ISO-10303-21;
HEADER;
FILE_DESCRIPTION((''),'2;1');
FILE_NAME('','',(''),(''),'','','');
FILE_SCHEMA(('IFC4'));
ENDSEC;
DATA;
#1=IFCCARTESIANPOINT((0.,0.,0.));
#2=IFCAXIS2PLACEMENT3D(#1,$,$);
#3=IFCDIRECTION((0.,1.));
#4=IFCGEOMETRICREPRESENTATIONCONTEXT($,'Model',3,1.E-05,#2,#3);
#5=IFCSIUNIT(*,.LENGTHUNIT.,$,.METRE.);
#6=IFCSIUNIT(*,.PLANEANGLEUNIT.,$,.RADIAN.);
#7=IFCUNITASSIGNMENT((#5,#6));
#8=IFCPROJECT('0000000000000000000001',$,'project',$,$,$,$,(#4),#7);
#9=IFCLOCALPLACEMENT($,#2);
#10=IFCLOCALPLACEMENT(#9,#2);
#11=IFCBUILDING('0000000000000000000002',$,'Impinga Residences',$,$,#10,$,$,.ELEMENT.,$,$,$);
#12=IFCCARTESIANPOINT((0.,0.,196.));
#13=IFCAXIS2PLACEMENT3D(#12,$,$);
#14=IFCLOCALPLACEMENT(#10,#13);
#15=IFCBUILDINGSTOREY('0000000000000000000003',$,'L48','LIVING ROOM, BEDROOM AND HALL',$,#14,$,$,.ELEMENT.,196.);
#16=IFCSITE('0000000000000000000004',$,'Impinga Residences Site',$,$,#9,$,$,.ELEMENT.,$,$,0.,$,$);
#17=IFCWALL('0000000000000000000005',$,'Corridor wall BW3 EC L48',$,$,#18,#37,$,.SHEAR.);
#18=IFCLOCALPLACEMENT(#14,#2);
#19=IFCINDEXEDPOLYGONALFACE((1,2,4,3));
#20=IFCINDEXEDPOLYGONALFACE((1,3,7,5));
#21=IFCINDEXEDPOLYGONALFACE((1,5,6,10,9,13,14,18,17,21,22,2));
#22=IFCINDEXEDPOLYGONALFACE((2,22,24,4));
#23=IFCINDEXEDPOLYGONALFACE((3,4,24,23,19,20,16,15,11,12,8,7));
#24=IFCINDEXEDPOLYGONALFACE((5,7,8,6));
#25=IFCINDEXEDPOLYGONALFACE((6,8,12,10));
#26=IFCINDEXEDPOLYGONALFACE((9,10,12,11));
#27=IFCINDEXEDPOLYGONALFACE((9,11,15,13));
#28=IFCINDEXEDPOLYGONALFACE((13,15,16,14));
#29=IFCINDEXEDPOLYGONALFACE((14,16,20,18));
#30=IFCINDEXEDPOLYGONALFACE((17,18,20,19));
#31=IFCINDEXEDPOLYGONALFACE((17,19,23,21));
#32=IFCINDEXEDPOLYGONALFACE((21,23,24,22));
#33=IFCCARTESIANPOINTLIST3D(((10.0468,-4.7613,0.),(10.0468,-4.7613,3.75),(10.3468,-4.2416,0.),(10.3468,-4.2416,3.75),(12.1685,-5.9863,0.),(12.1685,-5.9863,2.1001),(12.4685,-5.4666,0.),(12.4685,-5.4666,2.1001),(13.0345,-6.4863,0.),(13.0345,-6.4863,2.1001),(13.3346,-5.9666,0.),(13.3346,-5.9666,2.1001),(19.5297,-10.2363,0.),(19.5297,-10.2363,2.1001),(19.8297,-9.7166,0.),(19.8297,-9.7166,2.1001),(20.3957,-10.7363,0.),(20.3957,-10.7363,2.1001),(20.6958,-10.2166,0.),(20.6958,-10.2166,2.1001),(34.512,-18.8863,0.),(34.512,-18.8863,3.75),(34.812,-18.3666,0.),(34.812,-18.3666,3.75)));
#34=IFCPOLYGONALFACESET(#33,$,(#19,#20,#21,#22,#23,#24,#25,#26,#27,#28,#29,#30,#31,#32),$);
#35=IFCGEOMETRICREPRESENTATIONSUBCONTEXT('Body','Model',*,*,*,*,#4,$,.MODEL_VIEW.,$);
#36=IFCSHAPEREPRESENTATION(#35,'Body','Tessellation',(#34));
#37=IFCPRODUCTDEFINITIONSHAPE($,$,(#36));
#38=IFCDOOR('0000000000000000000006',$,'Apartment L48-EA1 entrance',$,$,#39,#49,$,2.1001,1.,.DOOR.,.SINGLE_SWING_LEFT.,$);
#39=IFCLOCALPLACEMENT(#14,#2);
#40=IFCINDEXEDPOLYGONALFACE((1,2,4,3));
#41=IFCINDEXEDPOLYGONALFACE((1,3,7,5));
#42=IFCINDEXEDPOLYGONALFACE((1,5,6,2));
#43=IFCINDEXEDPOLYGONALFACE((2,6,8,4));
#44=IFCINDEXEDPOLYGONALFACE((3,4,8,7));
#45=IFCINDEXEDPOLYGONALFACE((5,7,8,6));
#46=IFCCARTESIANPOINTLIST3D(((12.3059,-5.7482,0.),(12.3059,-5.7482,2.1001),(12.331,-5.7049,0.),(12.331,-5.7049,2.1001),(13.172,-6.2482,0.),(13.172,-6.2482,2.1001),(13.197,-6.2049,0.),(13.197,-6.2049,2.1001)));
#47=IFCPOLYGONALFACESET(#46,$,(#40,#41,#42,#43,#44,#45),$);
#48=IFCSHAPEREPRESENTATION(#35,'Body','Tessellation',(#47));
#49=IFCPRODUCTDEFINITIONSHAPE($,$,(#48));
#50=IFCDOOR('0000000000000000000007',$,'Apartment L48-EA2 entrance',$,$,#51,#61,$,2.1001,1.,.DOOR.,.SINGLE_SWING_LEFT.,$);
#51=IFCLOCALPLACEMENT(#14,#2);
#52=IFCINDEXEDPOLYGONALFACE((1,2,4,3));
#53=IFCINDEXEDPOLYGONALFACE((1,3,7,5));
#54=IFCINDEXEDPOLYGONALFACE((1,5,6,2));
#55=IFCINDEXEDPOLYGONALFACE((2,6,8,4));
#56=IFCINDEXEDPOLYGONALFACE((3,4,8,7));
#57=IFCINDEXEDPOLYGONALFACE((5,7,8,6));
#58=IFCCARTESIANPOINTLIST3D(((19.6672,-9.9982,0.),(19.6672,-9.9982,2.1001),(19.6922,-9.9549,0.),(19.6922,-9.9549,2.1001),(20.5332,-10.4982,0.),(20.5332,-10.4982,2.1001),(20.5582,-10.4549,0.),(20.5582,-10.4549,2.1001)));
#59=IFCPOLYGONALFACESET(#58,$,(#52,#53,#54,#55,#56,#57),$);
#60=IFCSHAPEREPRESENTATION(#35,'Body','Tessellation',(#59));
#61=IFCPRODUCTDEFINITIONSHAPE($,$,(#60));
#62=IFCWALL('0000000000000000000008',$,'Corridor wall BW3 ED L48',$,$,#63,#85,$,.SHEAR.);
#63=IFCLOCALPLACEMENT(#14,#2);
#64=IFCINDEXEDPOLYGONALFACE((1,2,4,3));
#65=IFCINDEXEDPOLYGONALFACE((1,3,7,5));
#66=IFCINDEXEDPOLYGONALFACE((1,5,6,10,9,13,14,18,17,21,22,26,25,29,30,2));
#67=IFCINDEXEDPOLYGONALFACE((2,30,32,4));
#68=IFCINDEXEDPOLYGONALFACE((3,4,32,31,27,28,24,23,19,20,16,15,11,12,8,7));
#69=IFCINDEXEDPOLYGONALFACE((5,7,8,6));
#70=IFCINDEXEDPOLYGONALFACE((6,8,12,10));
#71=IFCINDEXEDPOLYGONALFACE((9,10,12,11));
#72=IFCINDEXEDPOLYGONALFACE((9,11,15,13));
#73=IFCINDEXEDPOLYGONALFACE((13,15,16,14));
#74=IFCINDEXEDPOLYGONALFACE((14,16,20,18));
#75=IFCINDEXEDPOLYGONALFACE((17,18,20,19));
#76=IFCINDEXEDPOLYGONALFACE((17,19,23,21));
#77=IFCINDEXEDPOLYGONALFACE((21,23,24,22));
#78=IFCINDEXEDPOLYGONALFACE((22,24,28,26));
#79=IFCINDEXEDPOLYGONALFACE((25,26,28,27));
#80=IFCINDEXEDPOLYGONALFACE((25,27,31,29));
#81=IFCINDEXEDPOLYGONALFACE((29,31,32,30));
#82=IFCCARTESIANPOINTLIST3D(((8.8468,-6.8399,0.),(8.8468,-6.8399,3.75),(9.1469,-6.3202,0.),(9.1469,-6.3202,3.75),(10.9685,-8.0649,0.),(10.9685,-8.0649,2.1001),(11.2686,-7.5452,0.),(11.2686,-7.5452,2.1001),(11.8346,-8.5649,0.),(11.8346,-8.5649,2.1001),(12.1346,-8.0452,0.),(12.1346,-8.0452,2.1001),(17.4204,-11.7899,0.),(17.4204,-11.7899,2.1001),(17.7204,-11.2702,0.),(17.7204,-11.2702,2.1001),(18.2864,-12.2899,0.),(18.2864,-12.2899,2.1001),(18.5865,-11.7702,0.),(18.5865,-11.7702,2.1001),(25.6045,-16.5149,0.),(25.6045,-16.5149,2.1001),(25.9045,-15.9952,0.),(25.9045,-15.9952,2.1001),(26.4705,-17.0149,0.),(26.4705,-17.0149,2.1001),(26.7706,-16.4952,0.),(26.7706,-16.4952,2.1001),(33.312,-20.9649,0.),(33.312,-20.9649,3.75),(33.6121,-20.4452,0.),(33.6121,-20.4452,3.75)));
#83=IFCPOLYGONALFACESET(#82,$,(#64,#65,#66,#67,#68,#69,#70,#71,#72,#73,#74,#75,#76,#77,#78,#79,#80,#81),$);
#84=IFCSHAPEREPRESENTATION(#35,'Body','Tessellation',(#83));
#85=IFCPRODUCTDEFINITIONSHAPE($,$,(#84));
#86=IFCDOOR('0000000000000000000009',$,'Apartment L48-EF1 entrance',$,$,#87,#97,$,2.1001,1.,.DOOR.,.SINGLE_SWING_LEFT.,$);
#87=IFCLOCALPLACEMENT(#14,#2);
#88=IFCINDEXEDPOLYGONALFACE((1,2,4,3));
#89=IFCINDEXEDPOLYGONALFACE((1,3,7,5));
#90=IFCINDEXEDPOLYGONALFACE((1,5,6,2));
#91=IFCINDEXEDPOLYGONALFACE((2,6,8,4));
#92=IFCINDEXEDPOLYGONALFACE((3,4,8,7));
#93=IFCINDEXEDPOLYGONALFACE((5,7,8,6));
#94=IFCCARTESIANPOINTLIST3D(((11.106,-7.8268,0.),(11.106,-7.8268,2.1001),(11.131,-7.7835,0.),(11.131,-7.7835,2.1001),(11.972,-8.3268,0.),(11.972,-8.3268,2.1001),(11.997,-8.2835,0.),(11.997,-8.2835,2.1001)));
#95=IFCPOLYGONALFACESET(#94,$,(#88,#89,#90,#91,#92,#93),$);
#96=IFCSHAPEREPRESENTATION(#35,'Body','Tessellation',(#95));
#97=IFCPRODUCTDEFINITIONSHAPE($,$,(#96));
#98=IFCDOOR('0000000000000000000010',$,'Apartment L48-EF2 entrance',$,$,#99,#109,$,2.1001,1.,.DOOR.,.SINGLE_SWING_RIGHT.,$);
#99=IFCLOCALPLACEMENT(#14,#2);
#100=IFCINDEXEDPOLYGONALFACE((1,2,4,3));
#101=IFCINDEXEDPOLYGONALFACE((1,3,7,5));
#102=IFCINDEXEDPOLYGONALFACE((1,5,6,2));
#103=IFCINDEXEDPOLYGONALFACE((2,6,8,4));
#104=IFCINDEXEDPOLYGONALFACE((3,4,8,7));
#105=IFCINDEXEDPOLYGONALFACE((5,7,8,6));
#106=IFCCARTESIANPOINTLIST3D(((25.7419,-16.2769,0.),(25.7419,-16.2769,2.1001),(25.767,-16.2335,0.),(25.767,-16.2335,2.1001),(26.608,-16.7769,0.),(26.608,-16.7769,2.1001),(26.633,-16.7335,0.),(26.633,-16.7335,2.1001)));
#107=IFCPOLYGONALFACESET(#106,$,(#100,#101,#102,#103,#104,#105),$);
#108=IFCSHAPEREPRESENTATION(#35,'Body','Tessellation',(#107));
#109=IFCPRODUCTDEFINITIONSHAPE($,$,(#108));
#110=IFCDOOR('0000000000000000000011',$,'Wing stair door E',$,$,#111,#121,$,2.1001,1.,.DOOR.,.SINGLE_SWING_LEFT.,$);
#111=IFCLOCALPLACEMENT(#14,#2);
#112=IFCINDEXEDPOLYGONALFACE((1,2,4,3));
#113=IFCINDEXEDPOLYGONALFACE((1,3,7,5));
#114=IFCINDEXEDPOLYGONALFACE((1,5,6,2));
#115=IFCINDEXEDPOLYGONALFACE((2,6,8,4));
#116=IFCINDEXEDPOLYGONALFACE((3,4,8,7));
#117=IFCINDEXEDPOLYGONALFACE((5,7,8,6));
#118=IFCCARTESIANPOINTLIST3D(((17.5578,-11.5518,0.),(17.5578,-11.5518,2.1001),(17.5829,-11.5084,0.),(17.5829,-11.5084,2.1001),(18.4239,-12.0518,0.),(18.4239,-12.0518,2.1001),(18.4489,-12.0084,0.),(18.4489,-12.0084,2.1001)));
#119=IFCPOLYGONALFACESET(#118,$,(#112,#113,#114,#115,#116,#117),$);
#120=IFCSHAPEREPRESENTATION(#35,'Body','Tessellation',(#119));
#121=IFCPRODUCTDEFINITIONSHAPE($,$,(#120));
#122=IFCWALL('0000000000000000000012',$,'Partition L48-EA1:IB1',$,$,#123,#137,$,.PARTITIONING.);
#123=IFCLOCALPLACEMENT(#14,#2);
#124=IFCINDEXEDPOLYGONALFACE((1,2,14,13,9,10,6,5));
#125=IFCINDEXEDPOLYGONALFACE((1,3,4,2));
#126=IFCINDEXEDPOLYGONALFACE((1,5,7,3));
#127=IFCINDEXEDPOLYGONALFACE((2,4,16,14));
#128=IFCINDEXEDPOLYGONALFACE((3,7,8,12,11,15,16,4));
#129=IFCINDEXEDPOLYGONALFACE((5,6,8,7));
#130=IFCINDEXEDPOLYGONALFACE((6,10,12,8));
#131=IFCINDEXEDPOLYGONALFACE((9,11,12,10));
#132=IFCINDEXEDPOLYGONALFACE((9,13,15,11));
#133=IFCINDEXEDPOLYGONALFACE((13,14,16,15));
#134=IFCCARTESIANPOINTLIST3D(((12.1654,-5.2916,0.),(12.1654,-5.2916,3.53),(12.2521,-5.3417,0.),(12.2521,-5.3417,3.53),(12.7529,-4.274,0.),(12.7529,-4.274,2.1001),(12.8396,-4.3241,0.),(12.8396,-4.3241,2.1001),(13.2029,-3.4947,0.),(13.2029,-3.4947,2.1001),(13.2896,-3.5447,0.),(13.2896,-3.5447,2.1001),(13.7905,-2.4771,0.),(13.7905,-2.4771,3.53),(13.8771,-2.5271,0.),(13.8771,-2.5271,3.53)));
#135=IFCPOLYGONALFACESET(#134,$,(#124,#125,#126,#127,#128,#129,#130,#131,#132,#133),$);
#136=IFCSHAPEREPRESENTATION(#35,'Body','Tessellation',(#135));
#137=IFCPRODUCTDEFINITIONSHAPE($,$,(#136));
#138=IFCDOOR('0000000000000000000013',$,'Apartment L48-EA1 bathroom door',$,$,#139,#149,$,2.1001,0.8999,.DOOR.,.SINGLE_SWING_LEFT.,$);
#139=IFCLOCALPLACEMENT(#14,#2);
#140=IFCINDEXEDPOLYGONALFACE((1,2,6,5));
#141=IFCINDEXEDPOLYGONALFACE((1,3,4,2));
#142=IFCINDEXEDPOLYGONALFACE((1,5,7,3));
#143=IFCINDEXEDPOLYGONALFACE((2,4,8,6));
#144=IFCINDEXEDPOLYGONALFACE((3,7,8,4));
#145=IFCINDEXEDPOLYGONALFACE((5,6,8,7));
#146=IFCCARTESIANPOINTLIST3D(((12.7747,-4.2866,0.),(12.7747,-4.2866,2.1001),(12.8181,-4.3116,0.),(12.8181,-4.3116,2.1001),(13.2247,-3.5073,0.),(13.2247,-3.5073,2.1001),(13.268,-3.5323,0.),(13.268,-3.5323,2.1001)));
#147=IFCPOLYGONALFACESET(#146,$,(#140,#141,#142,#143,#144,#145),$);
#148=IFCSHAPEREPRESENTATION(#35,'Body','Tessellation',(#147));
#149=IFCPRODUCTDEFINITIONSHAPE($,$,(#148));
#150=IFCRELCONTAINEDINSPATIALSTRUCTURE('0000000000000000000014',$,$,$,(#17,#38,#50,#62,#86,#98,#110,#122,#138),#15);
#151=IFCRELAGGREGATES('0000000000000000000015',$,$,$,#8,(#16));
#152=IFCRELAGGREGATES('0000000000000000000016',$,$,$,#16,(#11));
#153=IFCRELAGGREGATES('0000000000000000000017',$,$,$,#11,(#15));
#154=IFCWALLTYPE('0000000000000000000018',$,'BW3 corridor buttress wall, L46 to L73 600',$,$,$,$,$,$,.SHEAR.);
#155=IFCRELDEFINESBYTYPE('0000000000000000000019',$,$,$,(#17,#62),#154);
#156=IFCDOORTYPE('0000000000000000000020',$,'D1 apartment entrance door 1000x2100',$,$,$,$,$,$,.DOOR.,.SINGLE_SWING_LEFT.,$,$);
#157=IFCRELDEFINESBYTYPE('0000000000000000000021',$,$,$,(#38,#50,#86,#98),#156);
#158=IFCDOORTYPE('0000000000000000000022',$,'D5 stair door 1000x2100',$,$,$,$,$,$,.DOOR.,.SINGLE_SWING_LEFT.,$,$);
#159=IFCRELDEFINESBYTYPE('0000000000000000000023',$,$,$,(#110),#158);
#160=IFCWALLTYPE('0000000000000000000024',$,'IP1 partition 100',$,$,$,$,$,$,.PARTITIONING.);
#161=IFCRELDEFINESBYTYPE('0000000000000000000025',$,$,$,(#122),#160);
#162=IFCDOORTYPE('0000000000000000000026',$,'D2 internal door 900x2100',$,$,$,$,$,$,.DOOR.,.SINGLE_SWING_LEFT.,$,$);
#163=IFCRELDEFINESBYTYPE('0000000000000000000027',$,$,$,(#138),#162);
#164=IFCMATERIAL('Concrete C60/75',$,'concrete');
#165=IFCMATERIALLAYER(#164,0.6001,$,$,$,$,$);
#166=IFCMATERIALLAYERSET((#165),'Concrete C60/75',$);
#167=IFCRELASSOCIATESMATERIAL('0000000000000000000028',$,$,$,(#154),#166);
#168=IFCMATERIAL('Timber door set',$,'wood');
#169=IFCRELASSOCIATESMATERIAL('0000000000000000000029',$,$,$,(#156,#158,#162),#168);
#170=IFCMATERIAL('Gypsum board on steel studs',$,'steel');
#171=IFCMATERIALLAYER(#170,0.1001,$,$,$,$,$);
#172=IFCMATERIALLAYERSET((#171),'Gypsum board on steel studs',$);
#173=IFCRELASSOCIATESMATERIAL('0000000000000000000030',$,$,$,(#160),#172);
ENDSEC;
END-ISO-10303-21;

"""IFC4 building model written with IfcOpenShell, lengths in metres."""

from ifc_helpers import new_model, si_unit, direction, frame, frame_2d, origin, place, context, subcontext, project, spatial, rectangle, extrude, material, layer, layer_set, type_object, element, fill, save


model = new_model("IFC4")

# Units and contexts
model_context = context("Model", 3, precision=1e-05, world=origin(), true_north=direction((0.0, 1.0)))
body_context = subcontext(model_context, "Body", "Model", "MODEL_VIEW")
ifc_project = project(units=[si_unit("LENGTHUNIT", "METRE"), si_unit("PLANEANGLEUNIT", "RADIAN")], contexts=[model_context])

# Site, building, storey
site_placement = place(None, origin())
site = spatial("IfcSite", under=ifc_project, at=site_placement, Name="Impinga Residences Site", CompositionType="ELEMENT", RefElevation=0.0)
building_placement = place(site_placement, origin())
building = spatial("IfcBuilding", under=site, at=building_placement, Name="Impinga Residences", CompositionType="ELEMENT")
storey_placement = place(building_placement, frame((0.0, 0.0, 196.0)))
storey = spatial("IfcBuildingStorey", under=building, at=storey_placement, Name="L48", Description="LIVING ROOM, BEDROOM AND HALL", CompositionType="ELEMENT", Elevation=196.0)

# Walls, openings, doors
ifc_material_1 = material(Name="Concrete C60/75", Category="concrete")
ifc_layer_1 = layer(ifc_material_1, 0.6001)
ifc_layer_set_1 = layer_set([ifc_layer_1], Name="Concrete C60/75")
wall_type_1 = type_object("IfcWallType", Name="BW3 corridor buttress wall, L46 to L73 600", PredefinedType="SHEAR", material=ifc_layer_set_1)
wall_1_placement = place(storey_placement, frame((10.1968, -4.5015, 0.0), z_axis=(0.0, 0.0, 1.0), x_axis=(0.866026, -0.499998, 0.0)))
wall_1 = element("IfcWall", 1, at=wall_1_placement, inside=storey, type_object=wall_type_1, Name="Corridor wall BW3 EC L48", PredefinedType="SHEAR", context=body_context, shape_type="SweptSolid", body=[
    extrude(rectangle(XDim=28.25, YDim=0.6001, at=frame_2d((14.125, 0.0))), origin(), (0.0, 0.0, 1.0), 3.75),
])
opening_1_placement = place(wall_1_placement, frame((2.45, 0.0, 0.0)))
opening_1 = element("IfcOpeningElement", 2, at=opening_1_placement, cuts=wall_1, PredefinedType="OPENING", context=body_context, shape_type="SweptSolid", body=[
    extrude(rectangle(XDim=1.0, YDim=2.1001, at=frame_2d((0.5, 1.05))), frame((0.0, 0.3101, 0.0), z_axis=(0.0, -1.0, 0.0), x_axis=(1.0, 0.0, 0.0)), (0.0, 0.0, 1.0), 0.6201),
])
opening_2_placement = place(wall_1_placement, frame((10.95, 0.0, 0.0)))
opening_2 = element("IfcOpeningElement", 3, at=opening_2_placement, cuts=wall_1, PredefinedType="OPENING", context=body_context, shape_type="SweptSolid", body=[
    extrude(rectangle(XDim=1.0, YDim=2.1001, at=frame_2d((0.5, 1.05))), frame((0.0, 0.3101, 0.0), z_axis=(0.0, -1.0, 0.0), x_axis=(1.0, 0.0, 0.0)), (0.0, 0.0, 1.0), 0.6201),
])
ifc_material_2 = material(Name="Timber door set", Category="wood")
door_type_1 = type_object("IfcDoorType", Name="D1 apartment entrance door 1000x2100", OperationType="SINGLE_SWING_LEFT", PredefinedType="DOOR", material=ifc_material_2)
door_1_placement = place(opening_1_placement, origin())
door_1 = element("IfcDoor", 4, at=door_1_placement, inside=storey, type_object=door_type_1, Name="Apartment L48-EA1 entrance", OperationType="SINGLE_SWING_LEFT", OverallHeight=2.1001, OverallWidth=1.0, PredefinedType="DOOR", context=body_context, shape_type="SweptSolid", body=[
    extrude(rectangle(XDim=1.0, YDim=2.1001, at=frame_2d((0.5, 1.05))), frame((0.0, 0.0249, 0.0), z_axis=(0.0, -1.0, 0.0), x_axis=(1.0, 0.0, 0.0)), (0.0, 0.0, 1.0), 0.05),
])
fill(opening_1, door_1)
door_2_placement = place(opening_2_placement, origin())
door_2 = element("IfcDoor", 5, at=door_2_placement, inside=storey, type_object=door_type_1, Name="Apartment L48-EA2 entrance", OperationType="SINGLE_SWING_LEFT", OverallHeight=2.1001, OverallWidth=1.0, PredefinedType="DOOR", context=body_context, shape_type="SweptSolid", body=[
    extrude(rectangle(XDim=1.0, YDim=2.1001, at=frame_2d((0.5, 1.05))), frame((0.0, 0.0249, 0.0), z_axis=(0.0, -1.0, 0.0), x_axis=(1.0, 0.0, 0.0)), (0.0, 0.0, 1.0), 0.05),
])
fill(opening_2, door_2)
wall_2_placement = place(storey_placement, frame((8.9968, -6.5801, 0.0), z_axis=(0.0, 0.0, 1.0), x_axis=(0.866026, -0.499998, 0.0)))
wall_2 = element("IfcWall", 6, at=wall_2_placement, inside=storey, type_object=wall_type_1, Name="Corridor wall BW3 ED L48", PredefinedType="SHEAR", context=body_context, shape_type="SweptSolid", body=[
    extrude(rectangle(XDim=28.25, YDim=0.6001, at=frame_2d((14.125, 0.0))), origin(), (0.0, 0.0, 1.0), 3.75),
])
opening_3_placement = place(wall_2_placement, frame((9.8999, 0.0, 0.0)))
opening_3 = element("IfcOpeningElement", 7, at=opening_3_placement, cuts=wall_2, PredefinedType="OPENING", context=body_context, shape_type="SweptSolid", body=[
    extrude(rectangle(XDim=1.0, YDim=2.1001, at=frame_2d((0.5, 1.05))), frame((0.0, 0.3101, 0.0), z_axis=(0.0, -1.0, 0.0), x_axis=(1.0, 0.0, 0.0)), (0.0, 0.0, 1.0), 0.6201),
])
opening_4_placement = place(wall_2_placement, frame((2.45, 0.0, 0.0)))
opening_4 = element("IfcOpeningElement", 8, at=opening_4_placement, cuts=wall_2, PredefinedType="OPENING", context=body_context, shape_type="SweptSolid", body=[
    extrude(rectangle(XDim=1.0, YDim=2.1001, at=frame_2d((0.5, 1.05))), frame((0.0, 0.3101, 0.0), z_axis=(0.0, -1.0, 0.0), x_axis=(1.0, 0.0, 0.0)), (0.0, 0.0, 1.0), 0.6201),
])
opening_5_placement = place(wall_2_placement, frame((19.3501, 0.0, 0.0)))
opening_5 = element("IfcOpeningElement", 9, at=opening_5_placement, cuts=wall_2, PredefinedType="OPENING", context=body_context, shape_type="SweptSolid", body=[
    extrude(rectangle(XDim=1.0, YDim=2.1001, at=frame_2d((0.5, 1.05))), frame((0.0, 0.3101, 0.0), z_axis=(0.0, -1.0, 0.0), x_axis=(1.0, 0.0, 0.0)), (0.0, 0.0, 1.0), 0.6201),
])
door_3_placement = place(opening_4_placement, origin())
door_3 = element("IfcDoor", 10, at=door_3_placement, inside=storey, type_object=door_type_1, Name="Apartment L48-EF1 entrance", OperationType="SINGLE_SWING_LEFT", OverallHeight=2.1001, OverallWidth=1.0, PredefinedType="DOOR", context=body_context, shape_type="SweptSolid", body=[
    extrude(rectangle(XDim=1.0, YDim=2.1001, at=frame_2d((0.5, 1.05))), frame((0.0, 0.0249, 0.0), z_axis=(0.0, -1.0, 0.0), x_axis=(1.0, 0.0, 0.0)), (0.0, 0.0, 1.0), 0.05),
])
fill(opening_4, door_3)
door_4_placement = place(opening_5_placement, origin())
door_4 = element("IfcDoor", 11, at=door_4_placement, inside=storey, type_object=door_type_1, Name="Apartment L48-EF2 entrance", OperationType="SINGLE_SWING_RIGHT", OverallHeight=2.1001, OverallWidth=1.0, PredefinedType="DOOR", context=body_context, shape_type="SweptSolid", body=[
    extrude(rectangle(XDim=1.0, YDim=2.1001, at=frame_2d((0.5, 1.05))), frame((0.0, 0.0249, 0.0), z_axis=(0.0, -1.0, 0.0), x_axis=(1.0, 0.0, 0.0)), (0.0, 0.0, 1.0), 0.05),
])
fill(opening_5, door_4)
door_type_2 = type_object("IfcDoorType", Name="D5 stair door 1000x2100", OperationType="SINGLE_SWING_LEFT", PredefinedType="DOOR", material=ifc_material_2)
door_5_placement = place(opening_3_placement, origin())
door_5 = element("IfcDoor", 12, at=door_5_placement, inside=storey, type_object=door_type_2, Name="Wing stair door E", OperationType="SINGLE_SWING_LEFT", OverallHeight=2.1001, OverallWidth=1.0, PredefinedType="DOOR", context=body_context, shape_type="SweptSolid", body=[
    extrude(rectangle(XDim=1.0, YDim=2.1001, at=frame_2d((0.5, 1.05))), frame((0.0, 0.0249, 0.0), z_axis=(0.0, -1.0, 0.0), x_axis=(1.0, 0.0, 0.0)), (0.0, 0.0, 1.0), 0.05),
])
fill(opening_3, door_5)

# Wall, opening, door
ifc_material_3 = material(Name="Gypsum board on steel studs", Category="steel")
ifc_layer_2 = layer(ifc_material_3, 0.1001)
ifc_layer_set_2 = layer_set([ifc_layer_2], Name="Gypsum board on steel studs")
wall_type_2 = type_object("IfcWallType", Name="IP1 partition 100", PredefinedType="PARTITIONING", material=ifc_layer_set_2)
wall_3_placement = place(storey_placement, frame((12.2087, -5.3167, 0.0), z_axis=(0.0, 0.0, 1.0), x_axis=(0.500017, 0.866015, 0.0)))
wall_3 = element("IfcWall", 13, at=wall_3_placement, inside=storey, type_object=wall_type_2, Name="Partition L48-EA1:IB1", PredefinedType="PARTITIONING", context=body_context, shape_type="SweptSolid", body=[
    extrude(rectangle(XDim=3.25, YDim=0.1001, at=frame_2d((1.625, 0.0))), origin(), (0.0, 0.0, 1.0), 3.53),
])
opening_6_placement = place(wall_3_placement, frame((1.175, 0.0, 0.0)))
opening_6 = element("IfcOpeningElement", 14, at=opening_6_placement, cuts=wall_3, PredefinedType="OPENING", context=body_context, shape_type="SweptSolid", body=[
    extrude(rectangle(XDim=0.8999, YDim=2.1001, at=frame_2d((0.45, 1.05))), frame((0.0, 0.0601, 0.0), z_axis=(0.0, -1.0, 0.0), x_axis=(1.0, 0.0, 0.0)), (0.0, 0.0, 1.0), 0.1201),
])
door_type_3 = type_object("IfcDoorType", Name="D2 internal door 900x2100", OperationType="SINGLE_SWING_LEFT", PredefinedType="DOOR", material=ifc_material_2)
door_6_placement = place(opening_6_placement, origin())
door_6 = element("IfcDoor", 15, at=door_6_placement, inside=storey, type_object=door_type_3, Name="Apartment L48-EA1 bathroom door", OperationType="SINGLE_SWING_LEFT", OverallHeight=2.1001, OverallWidth=0.8999, PredefinedType="DOOR", context=body_context, shape_type="SweptSolid", body=[
    extrude(rectangle(XDim=0.8999, YDim=2.1001, at=frame_2d((0.45, 1.05))), frame((0.0, 0.0249, 0.0), z_axis=(0.0, -1.0, 0.0), x_axis=(1.0, 0.0, 0.0)), (0.0, 0.0, 1.0), 0.05),
])
fill(opening_6, door_6)

save(model, "model.ifc")
